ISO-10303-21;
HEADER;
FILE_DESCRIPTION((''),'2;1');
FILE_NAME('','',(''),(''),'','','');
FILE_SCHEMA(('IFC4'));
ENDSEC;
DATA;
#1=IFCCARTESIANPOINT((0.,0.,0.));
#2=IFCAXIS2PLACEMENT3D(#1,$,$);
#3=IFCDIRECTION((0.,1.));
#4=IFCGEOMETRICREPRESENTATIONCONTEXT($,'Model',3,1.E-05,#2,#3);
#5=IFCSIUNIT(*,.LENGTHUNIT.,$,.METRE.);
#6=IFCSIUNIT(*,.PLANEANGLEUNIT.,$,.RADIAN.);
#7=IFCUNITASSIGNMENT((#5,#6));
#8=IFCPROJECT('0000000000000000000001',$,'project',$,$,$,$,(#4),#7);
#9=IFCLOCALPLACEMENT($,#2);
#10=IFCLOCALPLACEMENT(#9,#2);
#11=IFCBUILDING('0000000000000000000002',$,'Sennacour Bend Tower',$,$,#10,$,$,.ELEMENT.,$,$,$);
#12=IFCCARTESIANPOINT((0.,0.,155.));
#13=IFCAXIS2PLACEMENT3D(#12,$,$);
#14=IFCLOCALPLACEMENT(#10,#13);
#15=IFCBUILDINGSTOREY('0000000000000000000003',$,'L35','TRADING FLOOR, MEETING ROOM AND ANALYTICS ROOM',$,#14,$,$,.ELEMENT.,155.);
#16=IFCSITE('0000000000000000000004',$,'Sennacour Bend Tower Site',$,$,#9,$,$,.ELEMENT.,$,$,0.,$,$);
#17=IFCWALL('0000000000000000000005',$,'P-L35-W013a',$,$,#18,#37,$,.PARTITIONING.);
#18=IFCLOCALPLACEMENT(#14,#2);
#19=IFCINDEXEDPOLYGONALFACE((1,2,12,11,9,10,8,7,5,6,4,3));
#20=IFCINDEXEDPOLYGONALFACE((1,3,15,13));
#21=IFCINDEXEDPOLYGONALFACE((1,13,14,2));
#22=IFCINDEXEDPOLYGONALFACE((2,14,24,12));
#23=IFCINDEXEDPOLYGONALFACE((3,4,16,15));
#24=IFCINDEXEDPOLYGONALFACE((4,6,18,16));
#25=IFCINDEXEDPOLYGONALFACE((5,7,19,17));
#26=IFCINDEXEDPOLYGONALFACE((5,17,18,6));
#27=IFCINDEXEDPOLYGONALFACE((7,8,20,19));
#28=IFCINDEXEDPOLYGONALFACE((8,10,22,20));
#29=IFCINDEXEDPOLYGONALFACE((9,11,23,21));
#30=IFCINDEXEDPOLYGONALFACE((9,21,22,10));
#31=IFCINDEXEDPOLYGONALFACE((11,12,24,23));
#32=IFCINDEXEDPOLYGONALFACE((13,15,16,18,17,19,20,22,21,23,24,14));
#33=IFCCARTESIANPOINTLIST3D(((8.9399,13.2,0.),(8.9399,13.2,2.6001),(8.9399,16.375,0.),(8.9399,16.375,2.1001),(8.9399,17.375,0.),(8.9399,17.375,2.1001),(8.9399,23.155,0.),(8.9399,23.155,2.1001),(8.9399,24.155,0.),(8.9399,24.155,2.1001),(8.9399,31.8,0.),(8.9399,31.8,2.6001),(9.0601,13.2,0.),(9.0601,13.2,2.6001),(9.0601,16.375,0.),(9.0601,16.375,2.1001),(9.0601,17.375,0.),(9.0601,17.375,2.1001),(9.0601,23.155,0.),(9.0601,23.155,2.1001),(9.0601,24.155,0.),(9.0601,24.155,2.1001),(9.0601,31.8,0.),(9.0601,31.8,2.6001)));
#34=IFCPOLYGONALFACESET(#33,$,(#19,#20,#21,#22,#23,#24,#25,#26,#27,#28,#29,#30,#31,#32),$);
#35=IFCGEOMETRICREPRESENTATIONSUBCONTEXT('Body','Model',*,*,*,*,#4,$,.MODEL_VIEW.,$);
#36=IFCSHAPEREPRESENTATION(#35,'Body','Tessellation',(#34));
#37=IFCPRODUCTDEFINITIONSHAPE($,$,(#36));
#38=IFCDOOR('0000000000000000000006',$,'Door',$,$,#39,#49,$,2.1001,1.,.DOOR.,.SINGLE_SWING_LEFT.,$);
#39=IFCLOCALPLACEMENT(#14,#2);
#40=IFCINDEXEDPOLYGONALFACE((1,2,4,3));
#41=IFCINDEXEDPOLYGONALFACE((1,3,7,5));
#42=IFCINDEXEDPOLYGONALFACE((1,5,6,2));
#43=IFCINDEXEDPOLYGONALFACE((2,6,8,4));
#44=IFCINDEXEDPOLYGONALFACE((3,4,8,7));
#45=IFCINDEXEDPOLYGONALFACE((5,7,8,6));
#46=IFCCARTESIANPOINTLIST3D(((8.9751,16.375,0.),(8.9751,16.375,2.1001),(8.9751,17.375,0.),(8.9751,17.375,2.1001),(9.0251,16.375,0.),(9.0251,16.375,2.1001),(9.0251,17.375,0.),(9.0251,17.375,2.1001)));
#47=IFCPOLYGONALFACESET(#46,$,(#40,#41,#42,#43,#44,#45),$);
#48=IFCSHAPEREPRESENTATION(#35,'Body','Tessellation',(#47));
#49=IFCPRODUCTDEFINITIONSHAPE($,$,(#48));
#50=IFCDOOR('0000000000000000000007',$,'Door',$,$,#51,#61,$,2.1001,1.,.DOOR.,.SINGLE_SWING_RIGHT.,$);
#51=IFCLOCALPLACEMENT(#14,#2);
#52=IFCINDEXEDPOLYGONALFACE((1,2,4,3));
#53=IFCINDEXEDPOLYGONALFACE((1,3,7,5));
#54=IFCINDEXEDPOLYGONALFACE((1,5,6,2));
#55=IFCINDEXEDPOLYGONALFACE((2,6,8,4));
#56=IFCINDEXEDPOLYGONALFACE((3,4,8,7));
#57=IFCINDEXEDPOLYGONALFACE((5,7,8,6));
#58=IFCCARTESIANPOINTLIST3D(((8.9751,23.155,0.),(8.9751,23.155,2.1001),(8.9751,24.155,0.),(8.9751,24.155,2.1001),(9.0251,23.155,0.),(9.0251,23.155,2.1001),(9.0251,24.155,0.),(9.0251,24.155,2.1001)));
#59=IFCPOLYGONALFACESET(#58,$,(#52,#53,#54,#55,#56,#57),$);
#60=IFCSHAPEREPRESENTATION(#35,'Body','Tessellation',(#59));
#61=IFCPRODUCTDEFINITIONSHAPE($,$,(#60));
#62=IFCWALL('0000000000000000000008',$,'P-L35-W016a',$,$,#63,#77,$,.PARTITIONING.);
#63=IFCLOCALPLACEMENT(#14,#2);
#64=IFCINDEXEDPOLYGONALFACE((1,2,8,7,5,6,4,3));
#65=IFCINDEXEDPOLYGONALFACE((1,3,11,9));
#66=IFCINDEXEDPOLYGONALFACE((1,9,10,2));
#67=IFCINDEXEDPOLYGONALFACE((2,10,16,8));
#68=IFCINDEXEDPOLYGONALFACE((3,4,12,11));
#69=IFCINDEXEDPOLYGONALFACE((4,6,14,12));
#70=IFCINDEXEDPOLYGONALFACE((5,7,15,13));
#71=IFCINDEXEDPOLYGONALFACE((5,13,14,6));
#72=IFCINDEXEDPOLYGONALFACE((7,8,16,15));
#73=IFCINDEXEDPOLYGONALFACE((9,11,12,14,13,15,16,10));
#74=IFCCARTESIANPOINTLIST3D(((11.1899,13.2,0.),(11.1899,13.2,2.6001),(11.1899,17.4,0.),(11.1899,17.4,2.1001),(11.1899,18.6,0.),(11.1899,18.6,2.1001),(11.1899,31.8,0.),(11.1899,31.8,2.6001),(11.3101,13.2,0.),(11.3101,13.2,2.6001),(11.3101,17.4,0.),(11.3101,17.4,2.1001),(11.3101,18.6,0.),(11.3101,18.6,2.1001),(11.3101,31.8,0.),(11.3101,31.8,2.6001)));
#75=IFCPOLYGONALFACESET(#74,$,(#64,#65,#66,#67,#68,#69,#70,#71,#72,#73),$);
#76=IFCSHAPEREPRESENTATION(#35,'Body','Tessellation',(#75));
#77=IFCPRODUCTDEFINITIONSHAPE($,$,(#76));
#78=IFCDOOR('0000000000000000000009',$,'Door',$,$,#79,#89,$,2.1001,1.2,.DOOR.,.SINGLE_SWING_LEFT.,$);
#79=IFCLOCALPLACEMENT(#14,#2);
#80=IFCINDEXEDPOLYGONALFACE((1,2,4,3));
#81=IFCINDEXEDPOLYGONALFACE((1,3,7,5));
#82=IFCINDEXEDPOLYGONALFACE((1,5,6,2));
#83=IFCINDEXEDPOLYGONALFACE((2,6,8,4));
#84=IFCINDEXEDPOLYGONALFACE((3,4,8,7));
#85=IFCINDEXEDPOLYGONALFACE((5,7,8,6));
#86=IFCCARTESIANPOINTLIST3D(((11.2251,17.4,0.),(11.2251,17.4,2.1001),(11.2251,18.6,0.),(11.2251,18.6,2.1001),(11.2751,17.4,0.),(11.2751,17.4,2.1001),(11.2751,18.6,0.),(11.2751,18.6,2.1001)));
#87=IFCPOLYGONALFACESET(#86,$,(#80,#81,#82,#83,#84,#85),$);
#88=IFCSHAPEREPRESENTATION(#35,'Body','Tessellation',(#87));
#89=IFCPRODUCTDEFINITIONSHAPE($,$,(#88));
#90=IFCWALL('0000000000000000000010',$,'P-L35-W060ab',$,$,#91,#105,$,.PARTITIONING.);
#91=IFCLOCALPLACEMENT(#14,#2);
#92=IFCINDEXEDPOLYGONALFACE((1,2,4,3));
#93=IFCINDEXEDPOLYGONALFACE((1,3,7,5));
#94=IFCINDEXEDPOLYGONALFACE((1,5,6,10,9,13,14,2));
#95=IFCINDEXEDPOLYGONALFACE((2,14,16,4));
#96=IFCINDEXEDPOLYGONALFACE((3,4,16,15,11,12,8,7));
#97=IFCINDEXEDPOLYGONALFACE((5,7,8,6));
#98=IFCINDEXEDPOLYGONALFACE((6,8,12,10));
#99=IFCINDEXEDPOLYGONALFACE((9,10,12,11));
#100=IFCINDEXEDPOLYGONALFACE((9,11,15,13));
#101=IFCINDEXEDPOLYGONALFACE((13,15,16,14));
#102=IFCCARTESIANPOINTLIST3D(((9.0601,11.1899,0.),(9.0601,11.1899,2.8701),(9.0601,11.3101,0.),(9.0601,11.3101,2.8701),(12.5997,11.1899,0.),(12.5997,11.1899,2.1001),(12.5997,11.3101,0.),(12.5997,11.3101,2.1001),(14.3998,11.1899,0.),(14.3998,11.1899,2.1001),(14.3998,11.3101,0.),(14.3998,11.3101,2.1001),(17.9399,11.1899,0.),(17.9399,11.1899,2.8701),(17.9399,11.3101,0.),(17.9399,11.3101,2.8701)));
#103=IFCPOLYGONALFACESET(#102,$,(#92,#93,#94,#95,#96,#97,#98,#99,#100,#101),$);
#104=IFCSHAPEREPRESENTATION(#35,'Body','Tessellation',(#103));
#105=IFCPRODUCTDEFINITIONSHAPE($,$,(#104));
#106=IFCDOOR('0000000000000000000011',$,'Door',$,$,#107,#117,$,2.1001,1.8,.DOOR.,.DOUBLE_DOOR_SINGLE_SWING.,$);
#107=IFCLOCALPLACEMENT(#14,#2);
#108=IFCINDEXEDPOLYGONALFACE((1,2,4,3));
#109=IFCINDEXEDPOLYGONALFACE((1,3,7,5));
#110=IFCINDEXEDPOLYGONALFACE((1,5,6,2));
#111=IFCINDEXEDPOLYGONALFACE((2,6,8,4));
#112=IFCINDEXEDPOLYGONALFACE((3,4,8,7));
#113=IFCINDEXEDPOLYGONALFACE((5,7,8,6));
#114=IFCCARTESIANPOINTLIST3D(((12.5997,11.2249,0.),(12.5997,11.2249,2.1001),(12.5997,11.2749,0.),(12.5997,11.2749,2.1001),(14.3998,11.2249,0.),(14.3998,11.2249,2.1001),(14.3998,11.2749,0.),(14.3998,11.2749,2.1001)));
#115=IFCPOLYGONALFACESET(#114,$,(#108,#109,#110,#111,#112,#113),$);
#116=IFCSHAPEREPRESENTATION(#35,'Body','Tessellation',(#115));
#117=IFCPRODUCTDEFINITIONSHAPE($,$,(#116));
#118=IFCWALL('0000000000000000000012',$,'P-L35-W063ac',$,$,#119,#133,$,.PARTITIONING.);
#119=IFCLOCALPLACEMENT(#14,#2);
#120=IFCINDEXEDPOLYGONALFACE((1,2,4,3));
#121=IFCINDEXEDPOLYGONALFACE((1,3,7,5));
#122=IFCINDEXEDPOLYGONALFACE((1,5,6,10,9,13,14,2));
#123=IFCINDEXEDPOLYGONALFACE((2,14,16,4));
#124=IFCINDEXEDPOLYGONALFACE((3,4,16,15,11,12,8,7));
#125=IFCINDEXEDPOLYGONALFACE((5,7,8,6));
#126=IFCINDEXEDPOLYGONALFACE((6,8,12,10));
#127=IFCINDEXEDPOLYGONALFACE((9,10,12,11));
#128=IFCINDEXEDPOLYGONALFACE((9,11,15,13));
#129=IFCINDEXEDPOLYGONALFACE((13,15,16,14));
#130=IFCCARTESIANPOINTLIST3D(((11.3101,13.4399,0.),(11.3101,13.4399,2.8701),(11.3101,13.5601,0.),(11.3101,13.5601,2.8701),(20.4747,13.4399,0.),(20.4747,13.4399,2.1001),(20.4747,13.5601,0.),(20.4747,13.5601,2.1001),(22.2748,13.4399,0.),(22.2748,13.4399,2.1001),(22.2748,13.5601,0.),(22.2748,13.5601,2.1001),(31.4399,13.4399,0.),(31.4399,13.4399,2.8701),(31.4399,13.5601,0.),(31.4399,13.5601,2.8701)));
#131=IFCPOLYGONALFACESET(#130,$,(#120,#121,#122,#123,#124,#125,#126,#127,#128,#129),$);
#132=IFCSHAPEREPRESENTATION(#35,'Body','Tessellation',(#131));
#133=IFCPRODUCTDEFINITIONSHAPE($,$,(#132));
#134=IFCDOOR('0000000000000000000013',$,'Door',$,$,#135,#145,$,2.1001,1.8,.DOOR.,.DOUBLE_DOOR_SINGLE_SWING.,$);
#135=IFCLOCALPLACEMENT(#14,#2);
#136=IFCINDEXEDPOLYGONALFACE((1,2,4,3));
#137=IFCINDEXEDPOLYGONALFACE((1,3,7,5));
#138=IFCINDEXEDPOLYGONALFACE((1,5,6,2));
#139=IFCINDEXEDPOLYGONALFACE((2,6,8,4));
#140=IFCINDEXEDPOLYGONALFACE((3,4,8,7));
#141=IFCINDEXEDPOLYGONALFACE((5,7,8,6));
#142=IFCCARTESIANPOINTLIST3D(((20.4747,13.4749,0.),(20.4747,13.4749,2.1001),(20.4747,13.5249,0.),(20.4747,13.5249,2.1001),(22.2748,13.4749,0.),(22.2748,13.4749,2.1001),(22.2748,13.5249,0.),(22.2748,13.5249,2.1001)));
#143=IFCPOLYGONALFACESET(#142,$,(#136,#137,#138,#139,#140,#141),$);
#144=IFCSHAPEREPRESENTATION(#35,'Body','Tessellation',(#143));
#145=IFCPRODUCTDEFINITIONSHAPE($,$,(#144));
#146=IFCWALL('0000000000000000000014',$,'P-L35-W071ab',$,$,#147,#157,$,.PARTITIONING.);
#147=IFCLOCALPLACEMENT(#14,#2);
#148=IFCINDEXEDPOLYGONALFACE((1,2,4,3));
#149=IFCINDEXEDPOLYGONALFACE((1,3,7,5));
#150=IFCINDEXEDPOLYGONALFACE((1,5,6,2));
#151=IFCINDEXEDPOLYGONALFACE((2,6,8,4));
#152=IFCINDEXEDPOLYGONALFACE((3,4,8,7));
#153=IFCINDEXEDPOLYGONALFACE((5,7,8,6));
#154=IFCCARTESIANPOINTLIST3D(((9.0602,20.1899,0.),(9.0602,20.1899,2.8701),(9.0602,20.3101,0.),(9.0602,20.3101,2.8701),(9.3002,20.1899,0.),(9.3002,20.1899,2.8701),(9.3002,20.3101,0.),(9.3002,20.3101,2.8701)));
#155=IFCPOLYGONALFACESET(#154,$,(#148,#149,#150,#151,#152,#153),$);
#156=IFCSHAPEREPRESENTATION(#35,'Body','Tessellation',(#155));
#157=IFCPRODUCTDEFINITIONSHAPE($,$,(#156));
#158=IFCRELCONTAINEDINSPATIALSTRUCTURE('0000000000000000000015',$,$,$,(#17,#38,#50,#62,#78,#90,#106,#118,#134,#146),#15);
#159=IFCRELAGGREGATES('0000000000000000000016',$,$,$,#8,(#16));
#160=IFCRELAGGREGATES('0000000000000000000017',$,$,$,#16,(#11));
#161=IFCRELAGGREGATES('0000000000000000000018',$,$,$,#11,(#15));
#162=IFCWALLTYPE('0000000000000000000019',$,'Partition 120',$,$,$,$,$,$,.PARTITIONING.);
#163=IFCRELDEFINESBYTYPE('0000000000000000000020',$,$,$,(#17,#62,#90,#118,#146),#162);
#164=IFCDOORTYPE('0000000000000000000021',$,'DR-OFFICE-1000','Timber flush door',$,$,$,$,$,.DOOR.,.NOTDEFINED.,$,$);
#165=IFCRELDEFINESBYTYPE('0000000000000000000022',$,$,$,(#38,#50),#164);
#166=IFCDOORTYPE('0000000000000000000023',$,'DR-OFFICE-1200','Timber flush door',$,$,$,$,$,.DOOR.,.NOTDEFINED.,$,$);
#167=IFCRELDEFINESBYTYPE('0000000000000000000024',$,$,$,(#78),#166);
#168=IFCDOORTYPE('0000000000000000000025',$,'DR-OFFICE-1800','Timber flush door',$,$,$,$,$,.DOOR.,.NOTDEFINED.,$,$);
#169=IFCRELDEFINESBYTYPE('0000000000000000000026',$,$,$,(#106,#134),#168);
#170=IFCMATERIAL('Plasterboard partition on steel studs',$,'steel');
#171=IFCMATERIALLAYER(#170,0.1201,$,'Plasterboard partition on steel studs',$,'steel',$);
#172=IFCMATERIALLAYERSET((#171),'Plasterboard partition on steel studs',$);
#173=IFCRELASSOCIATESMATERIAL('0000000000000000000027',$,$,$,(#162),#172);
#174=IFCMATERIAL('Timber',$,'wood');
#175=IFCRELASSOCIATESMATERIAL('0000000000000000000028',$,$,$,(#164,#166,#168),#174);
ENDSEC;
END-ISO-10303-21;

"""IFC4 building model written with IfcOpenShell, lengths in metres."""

from ifc_helpers import new_model, si_unit, direction, frame, frame_2d, origin, place, context, subcontext, project, spatial, rectangle, extrude, material, layer, layer_set, type_object, element, fill, save


model = new_model("IFC4")

# Units and contexts
model_context = context("Model", 3, precision=1e-05, world=origin(), true_north=direction((0.0, 1.0)))
body_context = subcontext(model_context, "Body", "Model", "MODEL_VIEW")
ifc_project = project(units=[si_unit("LENGTHUNIT", "METRE"), si_unit("PLANEANGLEUNIT", "RADIAN")], contexts=[model_context])

# Site, building, storey
site_placement = place(None, origin())
site = spatial("IfcSite", under=ifc_project, at=site_placement, Name="Sennacour Bend Tower Site", CompositionType="ELEMENT", RefElevation=0.0)
building_placement = place(site_placement, origin())
building = spatial("IfcBuilding", under=site, at=building_placement, Name="Sennacour Bend Tower", CompositionType="ELEMENT")
storey_placement = place(building_placement, frame((0.0, 0.0, 155.0)))
storey = spatial("IfcBuildingStorey", under=building, at=storey_placement, Name="L35", Description="TRADING FLOOR, MEETING ROOM AND ANALYTICS ROOM", CompositionType="ELEMENT", Elevation=155.0)

# Shared definitions
ifc_material_1 = material(Name="Plasterboard partition on steel studs", Category="steel")
ifc_layer_1 = layer(ifc_material_1, 0.1201, Name="Plasterboard partition on steel studs", Category="steel")
ifc_layer_set_1 = layer_set([ifc_layer_1], Name="Plasterboard partition on steel studs")
wall_type_1 = type_object("IfcWallType", Name="Partition 120", PredefinedType="PARTITIONING", material=ifc_layer_set_1)

# Wall, openings, doors
wall_1_placement = place(storey_placement, frame((9.0, 13.2, 0.0), z_axis=(0.0, 0.0, 1.0), x_axis=(0.0, 1.0, 0.0)))
wall_1 = element("IfcWall", 1, at=wall_1_placement, inside=storey, type_object=wall_type_1, Name="P-L35-W013a", PredefinedType="PARTITIONING", context=body_context, shape_type="SweptSolid", body=[
    extrude(rectangle(XDim=18.6001, YDim=0.1201, at=frame_2d((9.3, 0.0))), origin(), (0.0, 0.0, 1.0), 2.6001),
])
opening_1_placement = place(wall_1_placement, frame((3.175, 0.0, 0.0)))
opening_1 = element("IfcOpeningElement", 2, at=opening_1_placement, cuts=wall_1, PredefinedType="OPENING", context=body_context, shape_type="SweptSolid", body=[
    extrude(rectangle(XDim=1.0, YDim=2.1001, at=frame_2d((0.5, 1.05))), frame((0.0, 0.0701, 0.0), z_axis=(0.0, -1.0, 0.0), x_axis=(1.0, 0.0, 0.0)), (0.0, 0.0, 1.0), 0.1401),
])
opening_2_placement = place(wall_1_placement, frame((9.9551, 0.0, 0.0)))
opening_2 = element("IfcOpeningElement", 3, at=opening_2_placement, cuts=wall_1, PredefinedType="OPENING", context=body_context, shape_type="SweptSolid", body=[
    extrude(rectangle(XDim=1.0, YDim=2.1001, at=frame_2d((0.5, 1.05))), frame((0.0, 0.0701, 0.0), z_axis=(0.0, -1.0, 0.0), x_axis=(1.0, 0.0, 0.0)), (0.0, 0.0, 1.0), 0.1401),
])
ifc_material_2 = material(Name="Timber", Category="wood")
door_type_1 = type_object("IfcDoorType", Name="DR-OFFICE-1000", Description="Timber flush door", OperationType="NOTDEFINED", PredefinedType="DOOR", material=ifc_material_2)
door_1_placement = place(opening_1_placement, origin())
door_1 = element("IfcDoor", 4, at=door_1_placement, inside=storey, type_object=door_type_1, Name="Door", OperationType="SINGLE_SWING_LEFT", OverallHeight=2.1001, OverallWidth=1.0, PredefinedType="DOOR", context=body_context, shape_type="SweptSolid", body=[
    extrude(rectangle(XDim=1.0, YDim=2.1001, at=frame_2d((0.5, 1.05))), frame((0.0, 0.0249, 0.0), z_axis=(0.0, -1.0, 0.0), x_axis=(1.0, 0.0, 0.0)), (0.0, 0.0, 1.0), 0.05),
])
fill(opening_1, door_1)
door_2_placement = place(opening_2_placement, origin())
door_2 = element("IfcDoor", 5, at=door_2_placement, inside=storey, type_object=door_type_1, Name="Door", OperationType="SINGLE_SWING_RIGHT", OverallHeight=2.1001, OverallWidth=1.0, PredefinedType="DOOR", context=body_context, shape_type="SweptSolid", body=[
    extrude(rectangle(XDim=1.0, YDim=2.1001, at=frame_2d((0.5, 1.05))), frame((0.0, 0.0249, 0.0), z_axis=(0.0, -1.0, 0.0), x_axis=(1.0, 0.0, 0.0)), (0.0, 0.0, 1.0), 0.05),
])
fill(opening_2, door_2)

# Walls, openings, doors
wall_2_placement = place(storey_placement, frame((11.25, 13.2, 0.0), z_axis=(0.0, 0.0, 1.0), x_axis=(0.0, 1.0, 0.0)))
wall_2 = element("IfcWall", 6, at=wall_2_placement, inside=storey, type_object=wall_type_1, Name="P-L35-W016a", PredefinedType="PARTITIONING", context=body_context, shape_type="SweptSolid", body=[
    extrude(rectangle(XDim=18.6001, YDim=0.1201, at=frame_2d((9.3, 0.0))), origin(), (0.0, 0.0, 1.0), 2.6001),
])
opening_3_placement = place(wall_2_placement, frame((4.2, 0.0, 0.0)))
opening_3 = element("IfcOpeningElement", 7, at=opening_3_placement, cuts=wall_2, PredefinedType="OPENING", context=body_context, shape_type="SweptSolid", body=[
    extrude(rectangle(XDim=1.2, YDim=2.1001, at=frame_2d((0.6001, 1.05))), frame((0.0, 0.0701, 0.0), z_axis=(0.0, -1.0, 0.0), x_axis=(1.0, 0.0, 0.0)), (0.0, 0.0, 1.0), 0.1401),
])
door_type_2 = type_object("IfcDoorType", Name="DR-OFFICE-1200", Description="Timber flush door", OperationType="NOTDEFINED", PredefinedType="DOOR", material=ifc_material_2)
door_3_placement = place(opening_3_placement, origin())
door_3 = element("IfcDoor", 8, at=door_3_placement, inside=storey, type_object=door_type_2, Name="Door", OperationType="SINGLE_SWING_LEFT", OverallHeight=2.1001, OverallWidth=1.2, PredefinedType="DOOR", context=body_context, shape_type="SweptSolid", body=[
    extrude(rectangle(XDim=1.2, YDim=2.1001, at=frame_2d((0.6001, 1.05))), frame((0.0, 0.0249, 0.0), z_axis=(0.0, -1.0, 0.0), x_axis=(1.0, 0.0, 0.0)), (0.0, 0.0, 1.0), 0.05),
])
fill(opening_3, door_3)
wall_3_placement = place(storey_placement, frame((9.0601, 11.25, 0.0), z_axis=(0.0, 0.0, 1.0), x_axis=(1.0, 0.0, 0.0)))
wall_3 = element("IfcWall", 9, at=wall_3_placement, inside=storey, type_object=wall_type_1, Name="P-L35-W060ab", PredefinedType="PARTITIONING", context=body_context, shape_type="SweptSolid", body=[
    extrude(rectangle(XDim=8.8799, YDim=0.1201, at=frame_2d((4.4399, 0.0))), origin(), (0.0, 0.0, 1.0), 2.8701),
])
opening_4_placement = place(wall_3_placement, frame((3.5398, 0.0, 0.0)))
opening_4 = element("IfcOpeningElement", 10, at=opening_4_placement, cuts=wall_3, PredefinedType="OPENING", context=body_context, shape_type="SweptSolid", body=[
    extrude(rectangle(XDim=1.8, YDim=2.1001, at=frame_2d((0.8999, 1.05))), frame((0.0, 0.0701, 0.0), z_axis=(0.0, -1.0, 0.0), x_axis=(1.0, 0.0, 0.0)), (0.0, 0.0, 1.0), 0.1401),
])
door_type_3 = type_object("IfcDoorType", Name="DR-OFFICE-1800", Description="Timber flush door", OperationType="NOTDEFINED", PredefinedType="DOOR", material=ifc_material_2)
door_4_placement = place(opening_4_placement, origin())
door_4 = element("IfcDoor", 11, at=door_4_placement, inside=storey, type_object=door_type_3, Name="Door", OperationType="DOUBLE_DOOR_SINGLE_SWING", OverallHeight=2.1001, OverallWidth=1.8, PredefinedType="DOOR", context=body_context, shape_type="SweptSolid", body=[
    extrude(rectangle(XDim=1.8, YDim=2.1001, at=frame_2d((0.8999, 1.05))), frame((0.0, 0.0249, 0.0), z_axis=(0.0, -1.0, 0.0), x_axis=(1.0, 0.0, 0.0)), (0.0, 0.0, 1.0), 0.05),
])
fill(opening_4, door_4)
wall_4_placement = place(storey_placement, frame((11.3101, 13.5, 0.0), z_axis=(0.0, 0.0, 1.0), x_axis=(1.0, 0.0, 0.0)))
wall_4 = element("IfcWall", 12, at=wall_4_placement, inside=storey, type_object=wall_type_1, Name="P-L35-W063ac", PredefinedType="PARTITIONING", context=body_context, shape_type="SweptSolid", body=[
    extrude(rectangle(XDim=20.1299, YDim=0.1201, at=frame_2d((10.0649, 0.0))), origin(), (0.0, 0.0, 1.0), 2.8701),
])
opening_5_placement = place(wall_4_placement, frame((9.1648, 0.0, 0.0)))
opening_5 = element("IfcOpeningElement", 13, at=opening_5_placement, cuts=wall_4, PredefinedType="OPENING", context=body_context, shape_type="SweptSolid", body=[
    extrude(rectangle(XDim=1.8, YDim=2.1001, at=frame_2d((0.8999, 1.05))), frame((0.0, 0.0701, 0.0), z_axis=(0.0, -1.0, 0.0), x_axis=(1.0, 0.0, 0.0)), (0.0, 0.0, 1.0), 0.1401),
])
door_5_placement = place(opening_5_placement, origin())
door_5 = element("IfcDoor", 14, at=door_5_placement, inside=storey, type_object=door_type_3, Name="Door", OperationType="DOUBLE_DOOR_SINGLE_SWING", OverallHeight=2.1001, OverallWidth=1.8, PredefinedType="DOOR", context=body_context, shape_type="SweptSolid", body=[
    extrude(rectangle(XDim=1.8, YDim=2.1001, at=frame_2d((0.8999, 1.05))), frame((0.0, 0.0249, 0.0), z_axis=(0.0, -1.0, 0.0), x_axis=(1.0, 0.0, 0.0)), (0.0, 0.0, 1.0), 0.05),
])
fill(opening_5, door_5)

# Wall
wall_5_placement = place(storey_placement, frame((9.0601, 20.25, 0.0), z_axis=(0.0, 0.0, 1.0), x_axis=(1.0, 0.0, 0.0)))
element("IfcWall", 15, at=wall_5_placement, inside=storey, type_object=wall_type_1, Name="P-L35-W071ab", PredefinedType="PARTITIONING", context=body_context, shape_type="SweptSolid", body=[
    extrude(rectangle(XDim=0.24, YDim=0.1201, at=frame_2d((0.1201, 0.0))), origin(), (0.0, 0.0, 1.0), 2.8701),
])

save(model, "model.ifc")
